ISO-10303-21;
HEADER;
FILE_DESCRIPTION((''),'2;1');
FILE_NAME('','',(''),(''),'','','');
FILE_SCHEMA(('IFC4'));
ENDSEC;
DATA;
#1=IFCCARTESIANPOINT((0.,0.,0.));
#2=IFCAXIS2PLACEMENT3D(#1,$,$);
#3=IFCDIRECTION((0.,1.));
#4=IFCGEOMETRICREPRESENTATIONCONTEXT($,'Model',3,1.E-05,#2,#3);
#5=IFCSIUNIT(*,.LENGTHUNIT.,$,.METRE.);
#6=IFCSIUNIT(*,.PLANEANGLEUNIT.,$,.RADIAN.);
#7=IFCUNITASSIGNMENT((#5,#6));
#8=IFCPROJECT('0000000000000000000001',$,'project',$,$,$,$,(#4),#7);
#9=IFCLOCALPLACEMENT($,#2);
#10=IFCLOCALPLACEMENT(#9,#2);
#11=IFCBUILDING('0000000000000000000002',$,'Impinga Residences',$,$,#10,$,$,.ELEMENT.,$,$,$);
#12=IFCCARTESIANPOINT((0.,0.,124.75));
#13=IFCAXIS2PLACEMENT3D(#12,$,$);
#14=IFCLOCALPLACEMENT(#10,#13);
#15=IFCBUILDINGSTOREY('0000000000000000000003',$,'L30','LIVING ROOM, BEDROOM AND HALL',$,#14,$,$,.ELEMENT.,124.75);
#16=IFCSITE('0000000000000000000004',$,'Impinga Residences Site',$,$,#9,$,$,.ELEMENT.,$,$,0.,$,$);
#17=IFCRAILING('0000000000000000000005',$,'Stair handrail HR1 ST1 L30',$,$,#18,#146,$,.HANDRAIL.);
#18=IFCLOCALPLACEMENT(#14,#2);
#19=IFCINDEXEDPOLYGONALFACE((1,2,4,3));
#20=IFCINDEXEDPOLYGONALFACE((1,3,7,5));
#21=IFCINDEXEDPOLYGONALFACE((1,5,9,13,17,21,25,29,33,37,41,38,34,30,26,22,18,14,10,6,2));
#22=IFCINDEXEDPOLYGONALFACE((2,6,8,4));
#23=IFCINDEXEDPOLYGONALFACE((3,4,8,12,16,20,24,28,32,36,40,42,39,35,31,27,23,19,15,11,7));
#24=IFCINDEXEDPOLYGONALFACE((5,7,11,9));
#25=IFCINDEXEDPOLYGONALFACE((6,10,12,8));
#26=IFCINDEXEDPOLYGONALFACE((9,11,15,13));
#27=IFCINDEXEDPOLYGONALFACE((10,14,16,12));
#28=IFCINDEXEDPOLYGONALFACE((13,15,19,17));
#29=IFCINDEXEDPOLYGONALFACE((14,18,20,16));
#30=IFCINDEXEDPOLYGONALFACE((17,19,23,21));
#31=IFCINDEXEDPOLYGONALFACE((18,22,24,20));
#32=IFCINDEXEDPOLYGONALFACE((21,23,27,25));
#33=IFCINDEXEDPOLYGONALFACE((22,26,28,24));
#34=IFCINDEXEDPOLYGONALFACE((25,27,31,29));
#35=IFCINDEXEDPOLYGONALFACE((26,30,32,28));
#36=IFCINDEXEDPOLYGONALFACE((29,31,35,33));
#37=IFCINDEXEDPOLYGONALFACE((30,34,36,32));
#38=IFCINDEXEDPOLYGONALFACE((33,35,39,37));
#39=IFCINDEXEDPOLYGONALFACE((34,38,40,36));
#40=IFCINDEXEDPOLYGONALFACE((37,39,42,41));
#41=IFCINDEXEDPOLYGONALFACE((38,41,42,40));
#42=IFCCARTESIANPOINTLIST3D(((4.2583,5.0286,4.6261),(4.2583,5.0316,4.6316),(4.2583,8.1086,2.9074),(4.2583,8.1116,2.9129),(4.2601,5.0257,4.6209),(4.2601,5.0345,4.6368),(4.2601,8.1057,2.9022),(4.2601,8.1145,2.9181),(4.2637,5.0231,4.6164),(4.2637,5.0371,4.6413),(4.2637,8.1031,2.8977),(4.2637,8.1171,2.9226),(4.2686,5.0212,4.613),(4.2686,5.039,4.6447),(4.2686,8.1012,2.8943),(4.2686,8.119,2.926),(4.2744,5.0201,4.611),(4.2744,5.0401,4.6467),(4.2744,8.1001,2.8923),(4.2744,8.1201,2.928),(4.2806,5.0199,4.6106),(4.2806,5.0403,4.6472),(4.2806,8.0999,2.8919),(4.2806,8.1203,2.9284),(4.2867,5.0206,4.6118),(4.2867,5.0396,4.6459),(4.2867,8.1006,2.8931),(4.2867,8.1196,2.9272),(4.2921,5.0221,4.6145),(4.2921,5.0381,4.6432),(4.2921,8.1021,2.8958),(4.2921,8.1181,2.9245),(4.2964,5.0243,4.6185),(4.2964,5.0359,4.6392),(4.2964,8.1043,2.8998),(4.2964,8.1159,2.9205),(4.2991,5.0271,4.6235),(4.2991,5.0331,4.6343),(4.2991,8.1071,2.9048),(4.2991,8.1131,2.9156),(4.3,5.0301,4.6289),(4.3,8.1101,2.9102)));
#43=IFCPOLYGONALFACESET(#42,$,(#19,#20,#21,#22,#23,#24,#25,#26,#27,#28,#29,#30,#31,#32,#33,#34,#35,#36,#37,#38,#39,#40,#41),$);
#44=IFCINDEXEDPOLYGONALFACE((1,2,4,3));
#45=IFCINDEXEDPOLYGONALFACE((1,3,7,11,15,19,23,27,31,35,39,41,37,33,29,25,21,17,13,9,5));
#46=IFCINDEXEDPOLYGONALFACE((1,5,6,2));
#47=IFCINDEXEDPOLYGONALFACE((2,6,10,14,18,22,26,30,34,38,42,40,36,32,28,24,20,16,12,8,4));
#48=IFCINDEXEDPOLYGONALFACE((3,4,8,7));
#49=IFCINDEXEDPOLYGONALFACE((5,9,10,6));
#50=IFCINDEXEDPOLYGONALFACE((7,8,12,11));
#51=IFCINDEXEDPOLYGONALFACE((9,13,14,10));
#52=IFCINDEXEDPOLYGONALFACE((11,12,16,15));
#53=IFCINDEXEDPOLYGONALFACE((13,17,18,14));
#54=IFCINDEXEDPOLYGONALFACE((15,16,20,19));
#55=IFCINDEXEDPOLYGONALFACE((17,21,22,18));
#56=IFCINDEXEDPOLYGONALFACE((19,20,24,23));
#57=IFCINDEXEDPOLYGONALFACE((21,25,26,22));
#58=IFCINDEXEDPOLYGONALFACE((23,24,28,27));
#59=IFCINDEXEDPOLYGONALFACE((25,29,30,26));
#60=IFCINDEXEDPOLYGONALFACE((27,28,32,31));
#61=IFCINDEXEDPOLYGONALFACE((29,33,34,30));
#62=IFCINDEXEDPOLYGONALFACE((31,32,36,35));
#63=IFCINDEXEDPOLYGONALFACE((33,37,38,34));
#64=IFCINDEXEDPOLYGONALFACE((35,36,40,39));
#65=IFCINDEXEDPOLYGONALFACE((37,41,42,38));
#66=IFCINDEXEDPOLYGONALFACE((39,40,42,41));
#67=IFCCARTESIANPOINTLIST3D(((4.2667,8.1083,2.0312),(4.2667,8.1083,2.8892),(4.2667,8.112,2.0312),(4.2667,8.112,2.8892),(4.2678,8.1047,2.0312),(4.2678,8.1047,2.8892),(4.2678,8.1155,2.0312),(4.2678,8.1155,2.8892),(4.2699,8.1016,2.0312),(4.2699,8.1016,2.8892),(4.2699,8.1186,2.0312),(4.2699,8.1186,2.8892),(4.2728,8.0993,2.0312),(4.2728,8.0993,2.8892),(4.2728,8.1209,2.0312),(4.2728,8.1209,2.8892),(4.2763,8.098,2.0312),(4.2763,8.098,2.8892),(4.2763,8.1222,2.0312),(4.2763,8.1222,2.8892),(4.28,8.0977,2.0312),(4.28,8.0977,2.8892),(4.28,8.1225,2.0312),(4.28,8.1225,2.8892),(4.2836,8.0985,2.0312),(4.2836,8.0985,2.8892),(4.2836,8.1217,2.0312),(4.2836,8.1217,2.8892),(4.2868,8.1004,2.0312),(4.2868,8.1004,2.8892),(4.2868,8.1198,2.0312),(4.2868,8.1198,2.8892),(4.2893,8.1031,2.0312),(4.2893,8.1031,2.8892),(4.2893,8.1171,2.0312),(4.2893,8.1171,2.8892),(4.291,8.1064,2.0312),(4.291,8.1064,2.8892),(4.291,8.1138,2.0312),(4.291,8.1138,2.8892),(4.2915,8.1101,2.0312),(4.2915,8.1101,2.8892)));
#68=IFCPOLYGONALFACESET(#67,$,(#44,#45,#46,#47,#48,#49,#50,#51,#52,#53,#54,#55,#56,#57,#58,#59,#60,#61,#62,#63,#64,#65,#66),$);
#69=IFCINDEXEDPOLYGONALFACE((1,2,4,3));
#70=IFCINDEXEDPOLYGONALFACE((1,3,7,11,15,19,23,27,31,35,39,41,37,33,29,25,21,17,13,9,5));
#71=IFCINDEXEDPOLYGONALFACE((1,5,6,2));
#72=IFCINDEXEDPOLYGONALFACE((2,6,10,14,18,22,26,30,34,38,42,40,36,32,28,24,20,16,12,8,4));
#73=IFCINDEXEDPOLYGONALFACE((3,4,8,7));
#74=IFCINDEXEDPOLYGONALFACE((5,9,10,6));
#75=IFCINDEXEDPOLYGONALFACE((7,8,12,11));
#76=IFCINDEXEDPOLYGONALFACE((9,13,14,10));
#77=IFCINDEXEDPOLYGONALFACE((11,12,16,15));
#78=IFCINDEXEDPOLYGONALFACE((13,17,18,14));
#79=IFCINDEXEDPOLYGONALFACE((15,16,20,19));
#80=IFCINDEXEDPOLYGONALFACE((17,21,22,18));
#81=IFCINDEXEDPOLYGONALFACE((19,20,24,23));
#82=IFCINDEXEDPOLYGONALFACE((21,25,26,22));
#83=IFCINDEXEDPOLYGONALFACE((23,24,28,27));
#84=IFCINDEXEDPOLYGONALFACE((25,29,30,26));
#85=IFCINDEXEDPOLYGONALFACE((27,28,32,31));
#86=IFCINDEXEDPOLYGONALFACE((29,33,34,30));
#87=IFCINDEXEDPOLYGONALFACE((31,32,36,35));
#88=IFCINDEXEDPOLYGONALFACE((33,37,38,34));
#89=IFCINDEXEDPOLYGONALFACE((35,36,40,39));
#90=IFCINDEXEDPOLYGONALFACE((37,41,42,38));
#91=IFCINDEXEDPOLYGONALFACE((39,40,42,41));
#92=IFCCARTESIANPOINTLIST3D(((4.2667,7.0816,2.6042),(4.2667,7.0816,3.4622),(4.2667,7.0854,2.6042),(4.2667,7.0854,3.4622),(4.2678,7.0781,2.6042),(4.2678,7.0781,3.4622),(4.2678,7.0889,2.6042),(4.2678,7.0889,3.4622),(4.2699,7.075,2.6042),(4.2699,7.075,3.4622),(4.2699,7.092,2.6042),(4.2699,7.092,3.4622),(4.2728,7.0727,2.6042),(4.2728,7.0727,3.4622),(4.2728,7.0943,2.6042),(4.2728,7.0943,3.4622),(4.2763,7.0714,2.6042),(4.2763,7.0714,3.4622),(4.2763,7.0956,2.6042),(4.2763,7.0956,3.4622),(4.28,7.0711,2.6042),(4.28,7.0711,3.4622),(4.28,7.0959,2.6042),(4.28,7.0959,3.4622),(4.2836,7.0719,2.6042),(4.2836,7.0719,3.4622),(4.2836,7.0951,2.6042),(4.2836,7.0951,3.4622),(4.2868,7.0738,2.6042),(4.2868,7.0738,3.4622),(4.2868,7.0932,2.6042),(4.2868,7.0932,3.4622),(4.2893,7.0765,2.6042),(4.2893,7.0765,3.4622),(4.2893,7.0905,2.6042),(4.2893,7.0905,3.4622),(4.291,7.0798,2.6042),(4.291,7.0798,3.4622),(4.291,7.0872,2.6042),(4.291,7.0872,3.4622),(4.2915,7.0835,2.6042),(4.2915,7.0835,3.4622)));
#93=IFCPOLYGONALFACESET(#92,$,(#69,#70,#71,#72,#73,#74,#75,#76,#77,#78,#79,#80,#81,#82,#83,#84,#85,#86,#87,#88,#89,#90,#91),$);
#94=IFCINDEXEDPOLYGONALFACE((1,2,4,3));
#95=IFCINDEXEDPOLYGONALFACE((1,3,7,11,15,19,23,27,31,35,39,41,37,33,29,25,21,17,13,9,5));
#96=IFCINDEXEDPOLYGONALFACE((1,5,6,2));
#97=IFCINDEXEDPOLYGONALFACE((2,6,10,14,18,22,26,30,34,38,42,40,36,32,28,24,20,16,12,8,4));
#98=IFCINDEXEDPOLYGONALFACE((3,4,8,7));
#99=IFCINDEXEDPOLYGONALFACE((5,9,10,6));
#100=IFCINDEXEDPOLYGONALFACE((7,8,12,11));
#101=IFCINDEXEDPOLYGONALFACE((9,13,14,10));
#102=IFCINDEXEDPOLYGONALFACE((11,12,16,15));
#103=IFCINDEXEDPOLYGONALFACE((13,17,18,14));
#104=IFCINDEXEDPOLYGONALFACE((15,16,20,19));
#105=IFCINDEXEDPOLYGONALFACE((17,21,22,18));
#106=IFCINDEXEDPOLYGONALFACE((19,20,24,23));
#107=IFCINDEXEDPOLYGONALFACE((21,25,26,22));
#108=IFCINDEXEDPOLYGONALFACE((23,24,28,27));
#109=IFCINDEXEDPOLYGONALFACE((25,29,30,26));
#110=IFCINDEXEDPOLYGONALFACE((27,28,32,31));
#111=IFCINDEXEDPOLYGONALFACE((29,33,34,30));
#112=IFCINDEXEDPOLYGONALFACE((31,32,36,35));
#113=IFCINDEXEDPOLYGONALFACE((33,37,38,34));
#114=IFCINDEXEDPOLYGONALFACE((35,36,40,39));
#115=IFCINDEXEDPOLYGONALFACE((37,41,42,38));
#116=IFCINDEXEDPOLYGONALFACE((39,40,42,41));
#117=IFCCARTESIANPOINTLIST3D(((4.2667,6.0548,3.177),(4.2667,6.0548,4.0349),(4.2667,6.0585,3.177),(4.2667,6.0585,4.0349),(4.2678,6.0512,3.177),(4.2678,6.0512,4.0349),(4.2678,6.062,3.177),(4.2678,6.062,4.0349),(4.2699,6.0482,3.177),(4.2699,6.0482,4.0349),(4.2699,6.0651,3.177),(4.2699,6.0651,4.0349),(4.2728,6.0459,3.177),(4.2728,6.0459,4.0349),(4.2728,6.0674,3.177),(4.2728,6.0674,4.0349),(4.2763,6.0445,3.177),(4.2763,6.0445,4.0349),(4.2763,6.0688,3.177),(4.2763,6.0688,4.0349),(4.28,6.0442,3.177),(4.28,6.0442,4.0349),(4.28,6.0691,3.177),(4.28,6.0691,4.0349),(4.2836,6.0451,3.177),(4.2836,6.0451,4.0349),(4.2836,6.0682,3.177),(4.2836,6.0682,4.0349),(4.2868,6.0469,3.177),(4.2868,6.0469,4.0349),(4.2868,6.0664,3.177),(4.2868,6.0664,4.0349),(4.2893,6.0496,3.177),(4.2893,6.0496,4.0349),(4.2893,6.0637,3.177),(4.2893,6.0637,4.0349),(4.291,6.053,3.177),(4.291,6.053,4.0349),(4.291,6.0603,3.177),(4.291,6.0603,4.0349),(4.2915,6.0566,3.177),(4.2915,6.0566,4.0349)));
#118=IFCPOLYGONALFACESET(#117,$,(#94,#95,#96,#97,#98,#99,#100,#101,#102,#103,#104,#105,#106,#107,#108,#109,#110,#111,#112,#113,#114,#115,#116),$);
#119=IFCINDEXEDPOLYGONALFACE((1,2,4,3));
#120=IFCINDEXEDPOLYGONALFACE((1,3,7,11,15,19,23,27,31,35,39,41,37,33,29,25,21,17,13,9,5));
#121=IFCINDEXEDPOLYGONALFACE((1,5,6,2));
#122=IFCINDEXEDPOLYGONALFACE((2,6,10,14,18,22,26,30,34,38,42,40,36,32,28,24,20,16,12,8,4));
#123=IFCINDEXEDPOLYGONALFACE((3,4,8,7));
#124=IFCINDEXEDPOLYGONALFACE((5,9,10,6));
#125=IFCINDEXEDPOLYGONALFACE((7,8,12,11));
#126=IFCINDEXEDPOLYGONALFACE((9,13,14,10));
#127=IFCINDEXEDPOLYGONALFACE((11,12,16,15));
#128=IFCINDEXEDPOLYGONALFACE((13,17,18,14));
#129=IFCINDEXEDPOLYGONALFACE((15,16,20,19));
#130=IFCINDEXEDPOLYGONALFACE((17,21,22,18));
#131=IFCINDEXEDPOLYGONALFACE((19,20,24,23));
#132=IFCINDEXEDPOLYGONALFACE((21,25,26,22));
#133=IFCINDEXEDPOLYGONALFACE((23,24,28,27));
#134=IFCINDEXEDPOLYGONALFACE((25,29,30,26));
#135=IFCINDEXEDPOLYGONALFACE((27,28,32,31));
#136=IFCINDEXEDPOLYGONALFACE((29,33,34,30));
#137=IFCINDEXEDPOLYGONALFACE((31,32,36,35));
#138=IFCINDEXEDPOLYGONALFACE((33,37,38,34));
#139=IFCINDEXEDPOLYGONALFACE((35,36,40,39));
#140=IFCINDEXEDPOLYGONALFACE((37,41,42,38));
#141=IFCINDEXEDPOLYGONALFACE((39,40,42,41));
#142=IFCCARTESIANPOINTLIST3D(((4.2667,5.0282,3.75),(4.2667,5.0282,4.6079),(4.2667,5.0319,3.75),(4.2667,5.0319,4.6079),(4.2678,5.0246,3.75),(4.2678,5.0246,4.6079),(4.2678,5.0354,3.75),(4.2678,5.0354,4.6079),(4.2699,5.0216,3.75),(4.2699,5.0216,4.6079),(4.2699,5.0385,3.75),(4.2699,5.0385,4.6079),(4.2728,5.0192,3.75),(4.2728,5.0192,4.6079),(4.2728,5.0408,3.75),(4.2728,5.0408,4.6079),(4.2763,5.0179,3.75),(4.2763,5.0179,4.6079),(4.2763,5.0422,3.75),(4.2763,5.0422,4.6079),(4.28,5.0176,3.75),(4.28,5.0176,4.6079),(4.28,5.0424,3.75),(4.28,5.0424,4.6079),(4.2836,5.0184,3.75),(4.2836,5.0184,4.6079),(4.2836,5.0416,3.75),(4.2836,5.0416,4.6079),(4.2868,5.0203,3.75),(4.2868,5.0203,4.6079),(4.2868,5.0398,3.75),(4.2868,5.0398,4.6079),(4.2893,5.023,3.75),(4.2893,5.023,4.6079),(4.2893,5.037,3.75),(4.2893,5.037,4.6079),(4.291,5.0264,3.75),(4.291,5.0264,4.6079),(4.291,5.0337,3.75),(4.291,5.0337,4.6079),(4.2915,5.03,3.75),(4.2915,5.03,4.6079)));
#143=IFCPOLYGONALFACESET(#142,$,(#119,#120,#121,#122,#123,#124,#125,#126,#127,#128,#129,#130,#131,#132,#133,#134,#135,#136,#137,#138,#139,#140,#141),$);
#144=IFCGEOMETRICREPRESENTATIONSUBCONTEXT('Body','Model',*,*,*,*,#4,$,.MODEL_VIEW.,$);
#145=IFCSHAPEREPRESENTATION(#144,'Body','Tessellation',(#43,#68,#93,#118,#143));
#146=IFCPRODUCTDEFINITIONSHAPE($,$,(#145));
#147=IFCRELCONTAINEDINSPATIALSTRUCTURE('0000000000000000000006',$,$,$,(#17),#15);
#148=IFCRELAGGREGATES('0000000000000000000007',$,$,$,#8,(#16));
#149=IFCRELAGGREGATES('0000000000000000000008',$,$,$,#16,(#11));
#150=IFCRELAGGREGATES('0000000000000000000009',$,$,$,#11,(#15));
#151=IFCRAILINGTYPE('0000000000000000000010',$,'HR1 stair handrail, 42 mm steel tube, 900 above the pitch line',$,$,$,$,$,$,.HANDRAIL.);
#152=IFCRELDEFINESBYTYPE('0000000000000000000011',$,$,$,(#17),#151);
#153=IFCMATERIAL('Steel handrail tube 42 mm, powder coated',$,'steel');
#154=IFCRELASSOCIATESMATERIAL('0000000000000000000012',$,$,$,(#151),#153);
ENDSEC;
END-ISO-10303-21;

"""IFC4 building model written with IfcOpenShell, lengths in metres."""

from ifc_helpers import new_model, si_unit, direction, frame, origin, origin_2d, place, context, subcontext, project, spatial, circle, extrude, material, type_object, element, save


model = new_model("IFC4")

# Units and contexts
model_context = context("Model", 3, precision=1e-05, world=origin(), true_north=direction((0.0, 1.0)))
body_context = subcontext(model_context, "Body", "Model", "MODEL_VIEW")
ifc_project = project(units=[si_unit("LENGTHUNIT", "METRE"), si_unit("PLANEANGLEUNIT", "RADIAN")], contexts=[model_context])

# Site, building, storey
site_placement = place(None, origin())
site = spatial("IfcSite", under=ifc_project, at=site_placement, Name="Impinga Residences Site", CompositionType="ELEMENT", RefElevation=0.0)
building_placement = place(site_placement, origin())
building = spatial("IfcBuilding", under=site, at=building_placement, Name="Impinga Residences", CompositionType="ELEMENT")
storey_placement = place(building_placement, frame((0.0, 0.0, 124.75)))
storey = spatial("IfcBuildingStorey", under=building, at=storey_placement, Name="L30", Description="LIVING ROOM, BEDROOM AND HALL", CompositionType="ELEMENT", Elevation=124.75)

# Railing
ifc_material_1 = material(Name="Steel handrail tube 42 mm, powder coated", Category="steel")
railing_type = type_object("IfcRailingType", Name="HR1 stair handrail, 42 mm steel tube, 900 above the pitch line", PredefinedType="HANDRAIL", material=ifc_material_1)
railing_placement = place(storey_placement, frame((4.2791, 8.1101, 2.0312)))
element("IfcRailing", 1, at=railing_placement, inside=storey, type_object=railing_type, Name="Stair handrail HR1 ST1 L30", PredefinedType="HANDRAIL", context=body_context, shape_type="SweptSolid", body=[
    extrude(circle(Radius=0.021, at=origin_2d()), frame((0.0, 0.0, 0.8789), z_axis=(0.0, -0.873242, 0.487288), x_axis=(1.0, 0.0, 0.0)), (0.0, 0.0, 1.0), 3.5271),
    extrude(circle(Radius=0.0125, at=origin_2d()), origin(), (0.0, 0.0, 1.0), 0.8579),
    extrude(circle(Radius=0.0125, at=origin_2d()), frame((0.0, -1.0266, 0.573)), (0.0, 0.0, 1.0), 0.8579),
    extrude(circle(Radius=0.0125, at=origin_2d()), frame((0.0, -2.0535, 1.1458)), (0.0, 0.0, 1.0), 0.8579),
    extrude(circle(Radius=0.0125, at=origin_2d()), frame((0.0, -3.0801, 1.7188)), (0.0, 0.0, 1.0), 0.8579),
])

save(model, "model.ifc")
